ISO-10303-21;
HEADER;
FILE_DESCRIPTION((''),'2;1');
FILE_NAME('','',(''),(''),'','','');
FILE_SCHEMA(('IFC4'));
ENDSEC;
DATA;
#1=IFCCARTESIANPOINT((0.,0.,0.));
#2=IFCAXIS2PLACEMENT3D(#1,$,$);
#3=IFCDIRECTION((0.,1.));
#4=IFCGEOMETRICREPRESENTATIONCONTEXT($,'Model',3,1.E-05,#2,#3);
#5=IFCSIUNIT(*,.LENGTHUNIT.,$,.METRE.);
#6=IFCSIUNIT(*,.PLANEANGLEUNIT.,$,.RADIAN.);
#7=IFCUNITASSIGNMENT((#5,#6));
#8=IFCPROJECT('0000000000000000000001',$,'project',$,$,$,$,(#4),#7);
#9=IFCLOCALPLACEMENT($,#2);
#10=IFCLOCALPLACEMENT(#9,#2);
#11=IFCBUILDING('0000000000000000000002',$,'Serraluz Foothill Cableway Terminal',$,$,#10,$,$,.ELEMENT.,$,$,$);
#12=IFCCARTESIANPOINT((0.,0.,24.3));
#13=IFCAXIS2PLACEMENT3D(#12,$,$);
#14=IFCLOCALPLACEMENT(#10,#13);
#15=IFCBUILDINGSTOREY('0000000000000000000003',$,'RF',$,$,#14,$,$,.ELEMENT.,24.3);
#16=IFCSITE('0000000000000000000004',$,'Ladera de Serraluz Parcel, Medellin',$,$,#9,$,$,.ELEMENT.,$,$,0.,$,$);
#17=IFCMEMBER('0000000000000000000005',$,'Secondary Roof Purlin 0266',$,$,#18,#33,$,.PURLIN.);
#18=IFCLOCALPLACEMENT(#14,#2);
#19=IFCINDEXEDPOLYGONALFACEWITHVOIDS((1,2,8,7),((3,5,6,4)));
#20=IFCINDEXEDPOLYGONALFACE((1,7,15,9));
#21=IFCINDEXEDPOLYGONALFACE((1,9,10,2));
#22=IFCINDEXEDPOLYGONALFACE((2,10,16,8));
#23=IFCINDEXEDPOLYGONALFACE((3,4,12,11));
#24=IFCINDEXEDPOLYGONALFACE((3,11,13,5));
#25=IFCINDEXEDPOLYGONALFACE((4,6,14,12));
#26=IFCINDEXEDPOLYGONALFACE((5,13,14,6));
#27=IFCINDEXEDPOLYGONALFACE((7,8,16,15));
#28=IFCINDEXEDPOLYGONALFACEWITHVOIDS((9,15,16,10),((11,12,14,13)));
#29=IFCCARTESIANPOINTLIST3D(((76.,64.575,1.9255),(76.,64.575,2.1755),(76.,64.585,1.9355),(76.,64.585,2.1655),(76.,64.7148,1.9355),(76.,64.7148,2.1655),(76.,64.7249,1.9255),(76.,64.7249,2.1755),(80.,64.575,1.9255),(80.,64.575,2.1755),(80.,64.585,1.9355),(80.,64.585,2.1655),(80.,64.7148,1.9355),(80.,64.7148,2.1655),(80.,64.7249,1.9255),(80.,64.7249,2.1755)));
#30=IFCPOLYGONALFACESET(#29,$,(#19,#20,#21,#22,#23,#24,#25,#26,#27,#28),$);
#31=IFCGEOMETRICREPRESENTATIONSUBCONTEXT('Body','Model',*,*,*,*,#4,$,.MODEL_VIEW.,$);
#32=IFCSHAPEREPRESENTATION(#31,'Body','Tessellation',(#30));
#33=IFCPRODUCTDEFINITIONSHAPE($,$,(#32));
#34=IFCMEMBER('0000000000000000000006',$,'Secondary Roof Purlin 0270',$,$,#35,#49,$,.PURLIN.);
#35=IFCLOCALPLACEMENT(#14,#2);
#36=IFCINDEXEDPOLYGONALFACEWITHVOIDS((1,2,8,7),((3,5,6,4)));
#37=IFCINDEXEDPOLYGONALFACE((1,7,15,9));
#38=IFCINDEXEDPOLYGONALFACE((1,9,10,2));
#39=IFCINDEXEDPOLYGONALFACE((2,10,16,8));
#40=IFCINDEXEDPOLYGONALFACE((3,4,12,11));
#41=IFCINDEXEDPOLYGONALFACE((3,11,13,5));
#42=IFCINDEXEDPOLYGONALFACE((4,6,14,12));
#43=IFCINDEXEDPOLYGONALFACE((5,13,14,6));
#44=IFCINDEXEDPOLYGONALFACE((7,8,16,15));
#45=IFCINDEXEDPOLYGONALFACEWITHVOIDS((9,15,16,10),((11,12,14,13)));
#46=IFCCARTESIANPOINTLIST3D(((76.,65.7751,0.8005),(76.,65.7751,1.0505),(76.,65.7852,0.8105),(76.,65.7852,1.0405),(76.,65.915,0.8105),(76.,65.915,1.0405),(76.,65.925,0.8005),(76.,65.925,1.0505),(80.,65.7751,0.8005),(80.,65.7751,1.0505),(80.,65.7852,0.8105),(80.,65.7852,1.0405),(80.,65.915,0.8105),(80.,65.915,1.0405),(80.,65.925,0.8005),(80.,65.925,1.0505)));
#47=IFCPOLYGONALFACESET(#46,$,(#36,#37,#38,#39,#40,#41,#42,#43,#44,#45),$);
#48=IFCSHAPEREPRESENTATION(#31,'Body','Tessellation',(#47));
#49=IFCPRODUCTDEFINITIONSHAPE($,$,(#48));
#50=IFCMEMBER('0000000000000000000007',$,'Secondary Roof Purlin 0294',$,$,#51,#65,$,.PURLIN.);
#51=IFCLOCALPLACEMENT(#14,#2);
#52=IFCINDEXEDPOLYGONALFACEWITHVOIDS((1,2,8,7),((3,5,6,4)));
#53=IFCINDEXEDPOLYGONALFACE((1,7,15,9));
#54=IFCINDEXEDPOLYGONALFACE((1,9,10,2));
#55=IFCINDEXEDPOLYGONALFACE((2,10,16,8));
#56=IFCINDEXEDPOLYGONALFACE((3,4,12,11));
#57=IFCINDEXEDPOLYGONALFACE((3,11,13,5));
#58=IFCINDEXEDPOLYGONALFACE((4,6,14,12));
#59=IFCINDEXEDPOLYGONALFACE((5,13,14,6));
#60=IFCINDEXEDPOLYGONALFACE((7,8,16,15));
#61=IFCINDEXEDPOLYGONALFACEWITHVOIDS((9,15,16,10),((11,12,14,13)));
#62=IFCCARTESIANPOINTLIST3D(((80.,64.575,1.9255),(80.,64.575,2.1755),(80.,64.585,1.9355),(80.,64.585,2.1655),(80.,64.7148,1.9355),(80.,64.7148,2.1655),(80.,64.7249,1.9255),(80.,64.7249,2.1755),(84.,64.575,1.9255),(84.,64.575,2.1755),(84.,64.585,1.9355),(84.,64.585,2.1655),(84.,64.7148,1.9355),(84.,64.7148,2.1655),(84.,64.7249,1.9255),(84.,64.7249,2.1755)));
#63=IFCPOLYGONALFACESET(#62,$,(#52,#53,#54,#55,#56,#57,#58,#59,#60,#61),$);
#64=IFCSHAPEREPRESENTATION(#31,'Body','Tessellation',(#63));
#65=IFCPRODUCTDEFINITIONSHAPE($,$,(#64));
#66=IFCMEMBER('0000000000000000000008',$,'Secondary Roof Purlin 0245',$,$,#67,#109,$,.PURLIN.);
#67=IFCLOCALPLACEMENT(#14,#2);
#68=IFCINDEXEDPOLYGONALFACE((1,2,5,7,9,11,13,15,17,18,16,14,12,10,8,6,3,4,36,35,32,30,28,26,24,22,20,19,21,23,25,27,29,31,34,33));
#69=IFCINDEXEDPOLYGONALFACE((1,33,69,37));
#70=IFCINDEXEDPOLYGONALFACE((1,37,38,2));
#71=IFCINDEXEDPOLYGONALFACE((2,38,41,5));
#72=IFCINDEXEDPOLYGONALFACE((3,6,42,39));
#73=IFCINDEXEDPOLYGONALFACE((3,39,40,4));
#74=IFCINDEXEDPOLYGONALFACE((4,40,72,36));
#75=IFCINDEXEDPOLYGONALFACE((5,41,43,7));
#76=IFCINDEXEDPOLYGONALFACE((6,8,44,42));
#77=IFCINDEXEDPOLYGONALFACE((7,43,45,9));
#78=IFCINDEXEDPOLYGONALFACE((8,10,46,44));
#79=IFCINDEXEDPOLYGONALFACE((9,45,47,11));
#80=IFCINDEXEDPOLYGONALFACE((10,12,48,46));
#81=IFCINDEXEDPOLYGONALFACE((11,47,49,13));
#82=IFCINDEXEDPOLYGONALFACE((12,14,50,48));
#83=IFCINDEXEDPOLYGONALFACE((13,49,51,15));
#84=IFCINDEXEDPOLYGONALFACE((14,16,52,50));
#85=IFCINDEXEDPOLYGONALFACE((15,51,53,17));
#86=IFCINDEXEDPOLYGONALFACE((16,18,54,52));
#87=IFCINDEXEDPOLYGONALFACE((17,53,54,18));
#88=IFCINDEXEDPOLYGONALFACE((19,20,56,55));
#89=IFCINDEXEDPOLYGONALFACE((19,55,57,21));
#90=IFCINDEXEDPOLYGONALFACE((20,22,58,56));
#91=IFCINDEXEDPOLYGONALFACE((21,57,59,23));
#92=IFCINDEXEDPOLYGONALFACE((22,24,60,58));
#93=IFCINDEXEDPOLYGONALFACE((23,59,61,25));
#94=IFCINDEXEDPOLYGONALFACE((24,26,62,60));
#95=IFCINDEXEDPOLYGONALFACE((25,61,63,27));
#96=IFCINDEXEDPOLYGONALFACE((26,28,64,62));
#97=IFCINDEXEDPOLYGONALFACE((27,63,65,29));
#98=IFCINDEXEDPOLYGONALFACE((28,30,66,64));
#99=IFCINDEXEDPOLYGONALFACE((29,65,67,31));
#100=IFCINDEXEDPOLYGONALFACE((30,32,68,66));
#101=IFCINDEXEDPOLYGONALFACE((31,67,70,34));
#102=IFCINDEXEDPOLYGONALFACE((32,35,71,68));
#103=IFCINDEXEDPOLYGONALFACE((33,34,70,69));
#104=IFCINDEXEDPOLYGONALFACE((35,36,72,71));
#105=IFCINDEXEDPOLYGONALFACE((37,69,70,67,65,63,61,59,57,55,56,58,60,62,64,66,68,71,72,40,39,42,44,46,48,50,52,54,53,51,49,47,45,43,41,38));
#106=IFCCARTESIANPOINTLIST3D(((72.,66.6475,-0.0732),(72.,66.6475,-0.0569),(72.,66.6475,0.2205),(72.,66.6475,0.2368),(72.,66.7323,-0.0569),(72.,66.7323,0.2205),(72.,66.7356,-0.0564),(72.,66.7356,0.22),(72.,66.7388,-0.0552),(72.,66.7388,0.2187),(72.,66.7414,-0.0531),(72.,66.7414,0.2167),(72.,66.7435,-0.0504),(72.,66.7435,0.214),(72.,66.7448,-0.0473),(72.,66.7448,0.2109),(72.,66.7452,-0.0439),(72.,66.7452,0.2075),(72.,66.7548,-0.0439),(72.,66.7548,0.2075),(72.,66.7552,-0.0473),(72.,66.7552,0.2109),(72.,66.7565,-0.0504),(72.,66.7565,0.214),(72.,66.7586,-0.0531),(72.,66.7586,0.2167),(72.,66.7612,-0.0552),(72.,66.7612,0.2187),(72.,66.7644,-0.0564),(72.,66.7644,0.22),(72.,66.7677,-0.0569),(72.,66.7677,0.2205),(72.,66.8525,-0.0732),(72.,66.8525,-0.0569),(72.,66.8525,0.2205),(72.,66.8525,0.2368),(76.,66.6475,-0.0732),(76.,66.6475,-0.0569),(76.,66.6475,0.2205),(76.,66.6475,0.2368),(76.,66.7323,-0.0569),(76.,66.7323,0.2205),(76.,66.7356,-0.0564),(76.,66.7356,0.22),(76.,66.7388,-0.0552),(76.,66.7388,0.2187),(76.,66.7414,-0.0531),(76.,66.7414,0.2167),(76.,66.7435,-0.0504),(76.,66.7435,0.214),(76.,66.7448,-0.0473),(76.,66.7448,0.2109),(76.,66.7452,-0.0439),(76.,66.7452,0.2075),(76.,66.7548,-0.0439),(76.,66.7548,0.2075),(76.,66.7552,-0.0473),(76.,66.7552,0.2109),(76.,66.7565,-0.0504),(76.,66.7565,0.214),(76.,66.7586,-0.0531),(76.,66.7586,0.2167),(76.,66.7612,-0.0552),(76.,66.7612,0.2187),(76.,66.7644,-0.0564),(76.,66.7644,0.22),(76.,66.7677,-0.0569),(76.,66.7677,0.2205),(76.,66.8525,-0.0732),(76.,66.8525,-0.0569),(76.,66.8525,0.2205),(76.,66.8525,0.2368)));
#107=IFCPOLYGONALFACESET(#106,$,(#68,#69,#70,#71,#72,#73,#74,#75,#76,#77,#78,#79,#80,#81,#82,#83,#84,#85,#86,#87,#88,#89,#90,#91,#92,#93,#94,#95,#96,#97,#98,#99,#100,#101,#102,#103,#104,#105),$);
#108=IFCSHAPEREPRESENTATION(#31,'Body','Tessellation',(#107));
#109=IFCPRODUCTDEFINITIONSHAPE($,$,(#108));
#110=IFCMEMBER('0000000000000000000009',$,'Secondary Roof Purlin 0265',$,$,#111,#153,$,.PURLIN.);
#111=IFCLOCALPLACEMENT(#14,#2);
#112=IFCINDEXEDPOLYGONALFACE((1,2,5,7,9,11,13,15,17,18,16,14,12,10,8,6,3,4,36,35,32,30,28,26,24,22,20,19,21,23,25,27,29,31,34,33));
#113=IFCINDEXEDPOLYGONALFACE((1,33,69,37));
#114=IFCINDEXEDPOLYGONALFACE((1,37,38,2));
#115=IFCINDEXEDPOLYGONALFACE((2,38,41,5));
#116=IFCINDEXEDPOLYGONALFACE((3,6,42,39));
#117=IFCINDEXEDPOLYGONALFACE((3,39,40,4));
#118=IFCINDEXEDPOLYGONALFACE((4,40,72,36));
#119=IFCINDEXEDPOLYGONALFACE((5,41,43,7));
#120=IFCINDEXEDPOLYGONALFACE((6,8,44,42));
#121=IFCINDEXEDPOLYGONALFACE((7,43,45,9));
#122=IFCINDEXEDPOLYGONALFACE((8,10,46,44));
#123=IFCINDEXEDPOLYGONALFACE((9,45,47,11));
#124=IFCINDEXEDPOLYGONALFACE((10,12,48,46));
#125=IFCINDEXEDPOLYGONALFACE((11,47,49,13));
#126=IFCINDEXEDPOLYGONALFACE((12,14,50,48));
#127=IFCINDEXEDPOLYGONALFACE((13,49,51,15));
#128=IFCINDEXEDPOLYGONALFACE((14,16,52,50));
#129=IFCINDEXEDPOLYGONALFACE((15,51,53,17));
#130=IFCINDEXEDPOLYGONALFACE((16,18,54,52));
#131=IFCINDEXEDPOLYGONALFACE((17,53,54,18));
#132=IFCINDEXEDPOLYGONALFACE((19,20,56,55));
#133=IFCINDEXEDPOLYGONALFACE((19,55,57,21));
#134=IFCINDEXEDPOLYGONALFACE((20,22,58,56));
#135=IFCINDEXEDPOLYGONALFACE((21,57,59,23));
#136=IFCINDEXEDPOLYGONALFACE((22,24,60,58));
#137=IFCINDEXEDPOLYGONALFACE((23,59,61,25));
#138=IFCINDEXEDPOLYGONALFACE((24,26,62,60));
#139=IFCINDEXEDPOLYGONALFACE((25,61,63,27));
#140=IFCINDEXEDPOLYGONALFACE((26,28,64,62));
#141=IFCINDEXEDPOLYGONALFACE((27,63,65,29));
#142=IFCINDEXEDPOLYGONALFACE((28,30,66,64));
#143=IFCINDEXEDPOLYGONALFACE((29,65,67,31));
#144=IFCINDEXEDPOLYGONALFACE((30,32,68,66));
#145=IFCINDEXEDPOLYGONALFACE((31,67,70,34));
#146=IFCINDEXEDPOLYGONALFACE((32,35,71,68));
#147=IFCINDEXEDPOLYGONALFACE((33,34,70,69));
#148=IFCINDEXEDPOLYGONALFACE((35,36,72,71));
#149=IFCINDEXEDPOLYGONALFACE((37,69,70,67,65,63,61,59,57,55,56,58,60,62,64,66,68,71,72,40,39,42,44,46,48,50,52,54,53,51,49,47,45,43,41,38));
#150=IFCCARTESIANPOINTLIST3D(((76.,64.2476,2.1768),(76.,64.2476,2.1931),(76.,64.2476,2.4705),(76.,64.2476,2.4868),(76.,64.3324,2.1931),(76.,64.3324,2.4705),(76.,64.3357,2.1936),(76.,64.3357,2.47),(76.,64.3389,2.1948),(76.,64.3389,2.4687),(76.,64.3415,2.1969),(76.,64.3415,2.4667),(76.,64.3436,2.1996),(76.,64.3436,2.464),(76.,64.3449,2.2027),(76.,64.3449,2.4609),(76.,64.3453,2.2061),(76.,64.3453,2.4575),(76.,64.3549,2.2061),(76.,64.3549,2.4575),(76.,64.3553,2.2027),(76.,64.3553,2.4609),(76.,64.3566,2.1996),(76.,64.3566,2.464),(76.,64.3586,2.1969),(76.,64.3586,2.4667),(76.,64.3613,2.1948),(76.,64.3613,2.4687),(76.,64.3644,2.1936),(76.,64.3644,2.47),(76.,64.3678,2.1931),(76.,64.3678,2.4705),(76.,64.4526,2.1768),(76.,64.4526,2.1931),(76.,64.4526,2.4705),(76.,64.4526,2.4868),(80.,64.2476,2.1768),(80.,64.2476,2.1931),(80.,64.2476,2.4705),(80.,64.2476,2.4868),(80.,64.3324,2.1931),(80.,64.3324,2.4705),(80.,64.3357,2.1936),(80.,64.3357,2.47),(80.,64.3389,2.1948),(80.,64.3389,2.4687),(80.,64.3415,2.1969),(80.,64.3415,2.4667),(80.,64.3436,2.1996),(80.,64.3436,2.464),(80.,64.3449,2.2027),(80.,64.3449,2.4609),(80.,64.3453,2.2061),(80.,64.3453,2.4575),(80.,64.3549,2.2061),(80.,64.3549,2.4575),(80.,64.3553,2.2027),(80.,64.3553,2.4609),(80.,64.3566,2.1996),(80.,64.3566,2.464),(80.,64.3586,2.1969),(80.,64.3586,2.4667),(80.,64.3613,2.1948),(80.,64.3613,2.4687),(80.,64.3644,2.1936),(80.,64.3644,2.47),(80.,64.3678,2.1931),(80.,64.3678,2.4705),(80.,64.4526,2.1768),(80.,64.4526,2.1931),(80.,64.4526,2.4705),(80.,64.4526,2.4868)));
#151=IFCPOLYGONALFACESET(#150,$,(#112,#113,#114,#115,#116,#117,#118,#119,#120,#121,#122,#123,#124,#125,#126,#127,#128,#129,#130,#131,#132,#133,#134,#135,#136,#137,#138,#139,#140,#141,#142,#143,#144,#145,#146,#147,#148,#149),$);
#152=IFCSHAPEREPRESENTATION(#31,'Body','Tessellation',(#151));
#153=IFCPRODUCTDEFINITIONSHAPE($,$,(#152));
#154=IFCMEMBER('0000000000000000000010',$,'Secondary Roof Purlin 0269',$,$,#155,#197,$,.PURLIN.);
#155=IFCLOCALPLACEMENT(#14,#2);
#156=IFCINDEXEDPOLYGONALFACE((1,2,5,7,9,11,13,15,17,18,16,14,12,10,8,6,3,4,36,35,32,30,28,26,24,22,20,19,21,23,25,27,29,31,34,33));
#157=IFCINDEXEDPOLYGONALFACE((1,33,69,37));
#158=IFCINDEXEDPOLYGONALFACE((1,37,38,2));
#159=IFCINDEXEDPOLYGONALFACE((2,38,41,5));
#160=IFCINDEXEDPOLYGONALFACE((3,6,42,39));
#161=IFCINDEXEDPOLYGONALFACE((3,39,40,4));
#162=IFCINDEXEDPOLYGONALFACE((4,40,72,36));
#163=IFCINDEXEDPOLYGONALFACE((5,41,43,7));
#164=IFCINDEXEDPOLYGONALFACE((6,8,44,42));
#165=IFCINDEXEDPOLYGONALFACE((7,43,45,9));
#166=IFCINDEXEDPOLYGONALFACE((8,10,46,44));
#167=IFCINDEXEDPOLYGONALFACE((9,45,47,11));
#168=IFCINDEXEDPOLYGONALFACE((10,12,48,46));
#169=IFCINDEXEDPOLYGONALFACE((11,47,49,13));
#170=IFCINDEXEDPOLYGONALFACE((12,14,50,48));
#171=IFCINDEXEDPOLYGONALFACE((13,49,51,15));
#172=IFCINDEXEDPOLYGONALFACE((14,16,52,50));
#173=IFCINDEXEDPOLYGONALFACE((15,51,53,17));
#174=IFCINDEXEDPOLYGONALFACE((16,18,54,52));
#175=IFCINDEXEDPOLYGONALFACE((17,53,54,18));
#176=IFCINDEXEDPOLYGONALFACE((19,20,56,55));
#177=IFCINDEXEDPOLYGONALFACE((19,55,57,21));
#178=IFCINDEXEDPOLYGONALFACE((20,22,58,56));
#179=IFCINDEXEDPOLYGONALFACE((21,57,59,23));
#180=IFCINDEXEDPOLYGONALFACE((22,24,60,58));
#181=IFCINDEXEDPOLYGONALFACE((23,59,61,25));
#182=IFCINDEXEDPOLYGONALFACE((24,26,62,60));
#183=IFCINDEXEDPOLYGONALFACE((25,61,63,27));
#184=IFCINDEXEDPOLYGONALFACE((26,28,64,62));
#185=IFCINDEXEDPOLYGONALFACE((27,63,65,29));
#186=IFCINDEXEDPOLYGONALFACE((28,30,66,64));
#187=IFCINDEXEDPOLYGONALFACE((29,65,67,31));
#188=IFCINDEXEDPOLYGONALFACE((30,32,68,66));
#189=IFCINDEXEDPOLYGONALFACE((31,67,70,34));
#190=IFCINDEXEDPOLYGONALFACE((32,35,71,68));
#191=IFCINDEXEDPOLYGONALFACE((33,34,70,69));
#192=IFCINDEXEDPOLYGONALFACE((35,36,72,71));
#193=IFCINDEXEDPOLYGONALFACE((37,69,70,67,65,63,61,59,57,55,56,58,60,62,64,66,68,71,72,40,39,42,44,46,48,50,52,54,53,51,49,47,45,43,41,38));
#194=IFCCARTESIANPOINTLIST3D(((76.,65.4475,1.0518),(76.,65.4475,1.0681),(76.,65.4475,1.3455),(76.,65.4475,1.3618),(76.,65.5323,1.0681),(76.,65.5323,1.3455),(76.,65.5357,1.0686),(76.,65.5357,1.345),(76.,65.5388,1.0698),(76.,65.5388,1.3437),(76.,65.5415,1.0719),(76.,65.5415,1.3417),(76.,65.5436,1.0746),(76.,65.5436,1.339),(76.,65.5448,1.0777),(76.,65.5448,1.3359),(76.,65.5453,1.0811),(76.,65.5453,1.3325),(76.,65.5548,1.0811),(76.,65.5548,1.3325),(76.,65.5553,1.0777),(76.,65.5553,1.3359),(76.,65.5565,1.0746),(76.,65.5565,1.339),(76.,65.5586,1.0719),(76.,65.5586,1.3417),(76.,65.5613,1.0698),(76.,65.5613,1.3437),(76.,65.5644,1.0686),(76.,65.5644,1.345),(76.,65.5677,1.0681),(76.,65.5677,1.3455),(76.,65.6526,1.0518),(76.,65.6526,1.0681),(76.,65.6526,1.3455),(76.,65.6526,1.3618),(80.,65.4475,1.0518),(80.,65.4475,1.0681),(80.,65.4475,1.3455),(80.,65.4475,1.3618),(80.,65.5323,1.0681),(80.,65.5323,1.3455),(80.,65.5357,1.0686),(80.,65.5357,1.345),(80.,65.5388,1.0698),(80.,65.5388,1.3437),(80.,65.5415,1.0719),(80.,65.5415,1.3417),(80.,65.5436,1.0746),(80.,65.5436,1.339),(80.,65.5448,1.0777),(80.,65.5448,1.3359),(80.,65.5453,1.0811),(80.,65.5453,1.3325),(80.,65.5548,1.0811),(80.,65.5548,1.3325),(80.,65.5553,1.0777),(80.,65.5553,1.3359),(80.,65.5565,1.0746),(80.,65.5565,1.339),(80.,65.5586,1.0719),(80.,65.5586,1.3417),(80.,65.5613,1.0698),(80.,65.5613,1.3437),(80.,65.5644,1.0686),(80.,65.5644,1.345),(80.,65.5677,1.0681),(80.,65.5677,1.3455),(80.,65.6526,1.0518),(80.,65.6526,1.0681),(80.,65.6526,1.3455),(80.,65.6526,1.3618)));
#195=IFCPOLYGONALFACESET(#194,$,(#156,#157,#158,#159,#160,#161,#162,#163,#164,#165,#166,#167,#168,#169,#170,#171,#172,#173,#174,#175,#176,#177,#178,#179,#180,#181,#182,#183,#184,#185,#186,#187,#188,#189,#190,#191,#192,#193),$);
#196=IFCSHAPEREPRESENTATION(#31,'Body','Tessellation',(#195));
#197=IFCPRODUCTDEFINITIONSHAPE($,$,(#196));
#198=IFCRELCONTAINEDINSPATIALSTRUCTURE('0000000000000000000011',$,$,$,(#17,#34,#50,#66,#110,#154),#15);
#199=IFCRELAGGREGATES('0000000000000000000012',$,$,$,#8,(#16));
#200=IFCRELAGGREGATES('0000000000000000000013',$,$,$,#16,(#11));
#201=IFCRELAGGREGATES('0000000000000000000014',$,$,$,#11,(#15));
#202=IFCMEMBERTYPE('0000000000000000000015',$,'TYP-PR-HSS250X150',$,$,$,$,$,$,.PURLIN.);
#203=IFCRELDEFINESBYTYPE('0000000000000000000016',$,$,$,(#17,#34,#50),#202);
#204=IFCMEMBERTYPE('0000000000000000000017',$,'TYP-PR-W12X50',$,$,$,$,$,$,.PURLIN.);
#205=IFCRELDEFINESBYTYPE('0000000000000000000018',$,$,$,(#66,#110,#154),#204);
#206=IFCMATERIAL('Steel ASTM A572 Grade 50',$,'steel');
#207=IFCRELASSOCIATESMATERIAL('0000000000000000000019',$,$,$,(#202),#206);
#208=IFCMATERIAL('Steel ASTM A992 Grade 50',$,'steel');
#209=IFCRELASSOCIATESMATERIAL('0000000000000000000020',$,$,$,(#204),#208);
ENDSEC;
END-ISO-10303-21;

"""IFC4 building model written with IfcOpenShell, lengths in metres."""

from ifc_helpers import new_model, si_unit, direction, frame, origin, origin_2d, place, context, subcontext, project, spatial, hollow_rectangle, i_section, extrude, material, material_profile, profile_set, type_object, element, save


model = new_model("IFC4")

# Units and contexts
model_context = context("Model", 3, precision=1e-05, world=origin(), true_north=direction((0.0, 1.0)))
body_context = subcontext(model_context, "Body", "Model", "MODEL_VIEW")
ifc_project = project(units=[si_unit("LENGTHUNIT", "METRE"), si_unit("PLANEANGLEUNIT", "RADIAN")], contexts=[model_context])

# Site, building, storey
site_placement = place(None, origin())
site = spatial("IfcSite", under=ifc_project, at=site_placement, Name="Ladera de Serraluz Parcel, Medellin", CompositionType="ELEMENT", RefElevation=0.0)
building_placement = place(site_placement, origin())
building = spatial("IfcBuilding", under=site, at=building_placement, Name="Serraluz Foothill Cableway Terminal", CompositionType="ELEMENT")
storey_placement = place(building_placement, frame((0.0, 0.0, 24.3)))
storey = spatial("IfcBuildingStorey", under=building, at=storey_placement, Name="RF", CompositionType="ELEMENT", Elevation=24.3)

# Members
ifc_material_1 = material(Name="Steel ASTM A572 Grade 50", Category="steel")
ifc_material_profile_1 = material_profile(ifc_material_1, hollow_rectangle(XDim=0.1499, YDim=0.25, WallThickness=0.01, at=origin_2d()), Name="HSS250X150X10")
ifc_profile_set_1 = profile_set([ifc_material_profile_1], Name="Steel ASTM A572 Grade 50")
member_type_1 = type_object("IfcMemberType", Name="TYP-PR-HSS250X150", PredefinedType="PURLIN", material=ifc_profile_set_1)
for number, where, z_axis, x_axis, name in (
    (1, (76.0, 64.6499, 2.0505), (1.0, 0.0, 0.0), (0.0, 1.0, 0.0), "Secondary Roof Purlin 0266"),
    (2, (76.0, 65.8501, 0.9255), (1.0, 0.0, 0.0), (0.0, 1.0, 0.0), "Secondary Roof Purlin 0270"),
    (3, (80.0, 64.6499, 2.0505), (1.0, 0.0, 0.0), (0.0, 1.0, 0.0), "Secondary Roof Purlin 0294"),
):
    element("IfcMember", number, at=place(storey_placement, frame(where, z_axis=z_axis, x_axis=x_axis)), inside=storey, type_object=member_type_1, Name=name, PredefinedType="PURLIN", context=body_context, shape_type="SweptSolid", body=[
        extrude(hollow_rectangle(XDim=0.1499, YDim=0.25, WallThickness=0.01, at=origin_2d()), origin(), (0.0, 0.0, 1.0), 4.0),
    ])
ifc_material_2 = material(Name="Steel ASTM A992 Grade 50", Category="steel")
ifc_material_profile_2 = material_profile(ifc_material_2, i_section(OverallWidth=0.2051, OverallDepth=0.3101, WebThickness=0.0095, FlangeThickness=0.0164, FilletRadius=0.0129, at=origin_2d()), Name="W12X50")
ifc_profile_set_2 = profile_set([ifc_material_profile_2], Name="Steel ASTM A992 Grade 50")
member_type_2 = type_object("IfcMemberType", Name="TYP-PR-W12X50", PredefinedType="PURLIN", material=ifc_profile_set_2)
for number, where, z_axis, x_axis, name in (
    (4, (72.0, 66.75, 0.0818), (1.0, 0.0, 0.0), (0.0, 1.0, 0.0), "Secondary Roof Purlin 0245"),
    (5, (76.0, 64.3501, 2.3318), (1.0, 0.0, 0.0), (0.0, 1.0, 0.0), "Secondary Roof Purlin 0265"),
    (6, (76.0, 65.55, 1.2068), (1.0, 0.0, 0.0), (0.0, 1.0, 0.0), "Secondary Roof Purlin 0269"),
):
    element("IfcMember", number, at=place(storey_placement, frame(where, z_axis=z_axis, x_axis=x_axis)), inside=storey, type_object=member_type_2, Name=name, PredefinedType="PURLIN", context=body_context, shape_type="SweptSolid", body=[
        extrude(i_section(OverallWidth=0.2051, OverallDepth=0.3101, WebThickness=0.0095, FlangeThickness=0.0164, FilletRadius=0.0129, at=origin_2d()), origin(), (0.0, 0.0, 1.0), 4.0),
    ])

save(model, "model.ifc")
